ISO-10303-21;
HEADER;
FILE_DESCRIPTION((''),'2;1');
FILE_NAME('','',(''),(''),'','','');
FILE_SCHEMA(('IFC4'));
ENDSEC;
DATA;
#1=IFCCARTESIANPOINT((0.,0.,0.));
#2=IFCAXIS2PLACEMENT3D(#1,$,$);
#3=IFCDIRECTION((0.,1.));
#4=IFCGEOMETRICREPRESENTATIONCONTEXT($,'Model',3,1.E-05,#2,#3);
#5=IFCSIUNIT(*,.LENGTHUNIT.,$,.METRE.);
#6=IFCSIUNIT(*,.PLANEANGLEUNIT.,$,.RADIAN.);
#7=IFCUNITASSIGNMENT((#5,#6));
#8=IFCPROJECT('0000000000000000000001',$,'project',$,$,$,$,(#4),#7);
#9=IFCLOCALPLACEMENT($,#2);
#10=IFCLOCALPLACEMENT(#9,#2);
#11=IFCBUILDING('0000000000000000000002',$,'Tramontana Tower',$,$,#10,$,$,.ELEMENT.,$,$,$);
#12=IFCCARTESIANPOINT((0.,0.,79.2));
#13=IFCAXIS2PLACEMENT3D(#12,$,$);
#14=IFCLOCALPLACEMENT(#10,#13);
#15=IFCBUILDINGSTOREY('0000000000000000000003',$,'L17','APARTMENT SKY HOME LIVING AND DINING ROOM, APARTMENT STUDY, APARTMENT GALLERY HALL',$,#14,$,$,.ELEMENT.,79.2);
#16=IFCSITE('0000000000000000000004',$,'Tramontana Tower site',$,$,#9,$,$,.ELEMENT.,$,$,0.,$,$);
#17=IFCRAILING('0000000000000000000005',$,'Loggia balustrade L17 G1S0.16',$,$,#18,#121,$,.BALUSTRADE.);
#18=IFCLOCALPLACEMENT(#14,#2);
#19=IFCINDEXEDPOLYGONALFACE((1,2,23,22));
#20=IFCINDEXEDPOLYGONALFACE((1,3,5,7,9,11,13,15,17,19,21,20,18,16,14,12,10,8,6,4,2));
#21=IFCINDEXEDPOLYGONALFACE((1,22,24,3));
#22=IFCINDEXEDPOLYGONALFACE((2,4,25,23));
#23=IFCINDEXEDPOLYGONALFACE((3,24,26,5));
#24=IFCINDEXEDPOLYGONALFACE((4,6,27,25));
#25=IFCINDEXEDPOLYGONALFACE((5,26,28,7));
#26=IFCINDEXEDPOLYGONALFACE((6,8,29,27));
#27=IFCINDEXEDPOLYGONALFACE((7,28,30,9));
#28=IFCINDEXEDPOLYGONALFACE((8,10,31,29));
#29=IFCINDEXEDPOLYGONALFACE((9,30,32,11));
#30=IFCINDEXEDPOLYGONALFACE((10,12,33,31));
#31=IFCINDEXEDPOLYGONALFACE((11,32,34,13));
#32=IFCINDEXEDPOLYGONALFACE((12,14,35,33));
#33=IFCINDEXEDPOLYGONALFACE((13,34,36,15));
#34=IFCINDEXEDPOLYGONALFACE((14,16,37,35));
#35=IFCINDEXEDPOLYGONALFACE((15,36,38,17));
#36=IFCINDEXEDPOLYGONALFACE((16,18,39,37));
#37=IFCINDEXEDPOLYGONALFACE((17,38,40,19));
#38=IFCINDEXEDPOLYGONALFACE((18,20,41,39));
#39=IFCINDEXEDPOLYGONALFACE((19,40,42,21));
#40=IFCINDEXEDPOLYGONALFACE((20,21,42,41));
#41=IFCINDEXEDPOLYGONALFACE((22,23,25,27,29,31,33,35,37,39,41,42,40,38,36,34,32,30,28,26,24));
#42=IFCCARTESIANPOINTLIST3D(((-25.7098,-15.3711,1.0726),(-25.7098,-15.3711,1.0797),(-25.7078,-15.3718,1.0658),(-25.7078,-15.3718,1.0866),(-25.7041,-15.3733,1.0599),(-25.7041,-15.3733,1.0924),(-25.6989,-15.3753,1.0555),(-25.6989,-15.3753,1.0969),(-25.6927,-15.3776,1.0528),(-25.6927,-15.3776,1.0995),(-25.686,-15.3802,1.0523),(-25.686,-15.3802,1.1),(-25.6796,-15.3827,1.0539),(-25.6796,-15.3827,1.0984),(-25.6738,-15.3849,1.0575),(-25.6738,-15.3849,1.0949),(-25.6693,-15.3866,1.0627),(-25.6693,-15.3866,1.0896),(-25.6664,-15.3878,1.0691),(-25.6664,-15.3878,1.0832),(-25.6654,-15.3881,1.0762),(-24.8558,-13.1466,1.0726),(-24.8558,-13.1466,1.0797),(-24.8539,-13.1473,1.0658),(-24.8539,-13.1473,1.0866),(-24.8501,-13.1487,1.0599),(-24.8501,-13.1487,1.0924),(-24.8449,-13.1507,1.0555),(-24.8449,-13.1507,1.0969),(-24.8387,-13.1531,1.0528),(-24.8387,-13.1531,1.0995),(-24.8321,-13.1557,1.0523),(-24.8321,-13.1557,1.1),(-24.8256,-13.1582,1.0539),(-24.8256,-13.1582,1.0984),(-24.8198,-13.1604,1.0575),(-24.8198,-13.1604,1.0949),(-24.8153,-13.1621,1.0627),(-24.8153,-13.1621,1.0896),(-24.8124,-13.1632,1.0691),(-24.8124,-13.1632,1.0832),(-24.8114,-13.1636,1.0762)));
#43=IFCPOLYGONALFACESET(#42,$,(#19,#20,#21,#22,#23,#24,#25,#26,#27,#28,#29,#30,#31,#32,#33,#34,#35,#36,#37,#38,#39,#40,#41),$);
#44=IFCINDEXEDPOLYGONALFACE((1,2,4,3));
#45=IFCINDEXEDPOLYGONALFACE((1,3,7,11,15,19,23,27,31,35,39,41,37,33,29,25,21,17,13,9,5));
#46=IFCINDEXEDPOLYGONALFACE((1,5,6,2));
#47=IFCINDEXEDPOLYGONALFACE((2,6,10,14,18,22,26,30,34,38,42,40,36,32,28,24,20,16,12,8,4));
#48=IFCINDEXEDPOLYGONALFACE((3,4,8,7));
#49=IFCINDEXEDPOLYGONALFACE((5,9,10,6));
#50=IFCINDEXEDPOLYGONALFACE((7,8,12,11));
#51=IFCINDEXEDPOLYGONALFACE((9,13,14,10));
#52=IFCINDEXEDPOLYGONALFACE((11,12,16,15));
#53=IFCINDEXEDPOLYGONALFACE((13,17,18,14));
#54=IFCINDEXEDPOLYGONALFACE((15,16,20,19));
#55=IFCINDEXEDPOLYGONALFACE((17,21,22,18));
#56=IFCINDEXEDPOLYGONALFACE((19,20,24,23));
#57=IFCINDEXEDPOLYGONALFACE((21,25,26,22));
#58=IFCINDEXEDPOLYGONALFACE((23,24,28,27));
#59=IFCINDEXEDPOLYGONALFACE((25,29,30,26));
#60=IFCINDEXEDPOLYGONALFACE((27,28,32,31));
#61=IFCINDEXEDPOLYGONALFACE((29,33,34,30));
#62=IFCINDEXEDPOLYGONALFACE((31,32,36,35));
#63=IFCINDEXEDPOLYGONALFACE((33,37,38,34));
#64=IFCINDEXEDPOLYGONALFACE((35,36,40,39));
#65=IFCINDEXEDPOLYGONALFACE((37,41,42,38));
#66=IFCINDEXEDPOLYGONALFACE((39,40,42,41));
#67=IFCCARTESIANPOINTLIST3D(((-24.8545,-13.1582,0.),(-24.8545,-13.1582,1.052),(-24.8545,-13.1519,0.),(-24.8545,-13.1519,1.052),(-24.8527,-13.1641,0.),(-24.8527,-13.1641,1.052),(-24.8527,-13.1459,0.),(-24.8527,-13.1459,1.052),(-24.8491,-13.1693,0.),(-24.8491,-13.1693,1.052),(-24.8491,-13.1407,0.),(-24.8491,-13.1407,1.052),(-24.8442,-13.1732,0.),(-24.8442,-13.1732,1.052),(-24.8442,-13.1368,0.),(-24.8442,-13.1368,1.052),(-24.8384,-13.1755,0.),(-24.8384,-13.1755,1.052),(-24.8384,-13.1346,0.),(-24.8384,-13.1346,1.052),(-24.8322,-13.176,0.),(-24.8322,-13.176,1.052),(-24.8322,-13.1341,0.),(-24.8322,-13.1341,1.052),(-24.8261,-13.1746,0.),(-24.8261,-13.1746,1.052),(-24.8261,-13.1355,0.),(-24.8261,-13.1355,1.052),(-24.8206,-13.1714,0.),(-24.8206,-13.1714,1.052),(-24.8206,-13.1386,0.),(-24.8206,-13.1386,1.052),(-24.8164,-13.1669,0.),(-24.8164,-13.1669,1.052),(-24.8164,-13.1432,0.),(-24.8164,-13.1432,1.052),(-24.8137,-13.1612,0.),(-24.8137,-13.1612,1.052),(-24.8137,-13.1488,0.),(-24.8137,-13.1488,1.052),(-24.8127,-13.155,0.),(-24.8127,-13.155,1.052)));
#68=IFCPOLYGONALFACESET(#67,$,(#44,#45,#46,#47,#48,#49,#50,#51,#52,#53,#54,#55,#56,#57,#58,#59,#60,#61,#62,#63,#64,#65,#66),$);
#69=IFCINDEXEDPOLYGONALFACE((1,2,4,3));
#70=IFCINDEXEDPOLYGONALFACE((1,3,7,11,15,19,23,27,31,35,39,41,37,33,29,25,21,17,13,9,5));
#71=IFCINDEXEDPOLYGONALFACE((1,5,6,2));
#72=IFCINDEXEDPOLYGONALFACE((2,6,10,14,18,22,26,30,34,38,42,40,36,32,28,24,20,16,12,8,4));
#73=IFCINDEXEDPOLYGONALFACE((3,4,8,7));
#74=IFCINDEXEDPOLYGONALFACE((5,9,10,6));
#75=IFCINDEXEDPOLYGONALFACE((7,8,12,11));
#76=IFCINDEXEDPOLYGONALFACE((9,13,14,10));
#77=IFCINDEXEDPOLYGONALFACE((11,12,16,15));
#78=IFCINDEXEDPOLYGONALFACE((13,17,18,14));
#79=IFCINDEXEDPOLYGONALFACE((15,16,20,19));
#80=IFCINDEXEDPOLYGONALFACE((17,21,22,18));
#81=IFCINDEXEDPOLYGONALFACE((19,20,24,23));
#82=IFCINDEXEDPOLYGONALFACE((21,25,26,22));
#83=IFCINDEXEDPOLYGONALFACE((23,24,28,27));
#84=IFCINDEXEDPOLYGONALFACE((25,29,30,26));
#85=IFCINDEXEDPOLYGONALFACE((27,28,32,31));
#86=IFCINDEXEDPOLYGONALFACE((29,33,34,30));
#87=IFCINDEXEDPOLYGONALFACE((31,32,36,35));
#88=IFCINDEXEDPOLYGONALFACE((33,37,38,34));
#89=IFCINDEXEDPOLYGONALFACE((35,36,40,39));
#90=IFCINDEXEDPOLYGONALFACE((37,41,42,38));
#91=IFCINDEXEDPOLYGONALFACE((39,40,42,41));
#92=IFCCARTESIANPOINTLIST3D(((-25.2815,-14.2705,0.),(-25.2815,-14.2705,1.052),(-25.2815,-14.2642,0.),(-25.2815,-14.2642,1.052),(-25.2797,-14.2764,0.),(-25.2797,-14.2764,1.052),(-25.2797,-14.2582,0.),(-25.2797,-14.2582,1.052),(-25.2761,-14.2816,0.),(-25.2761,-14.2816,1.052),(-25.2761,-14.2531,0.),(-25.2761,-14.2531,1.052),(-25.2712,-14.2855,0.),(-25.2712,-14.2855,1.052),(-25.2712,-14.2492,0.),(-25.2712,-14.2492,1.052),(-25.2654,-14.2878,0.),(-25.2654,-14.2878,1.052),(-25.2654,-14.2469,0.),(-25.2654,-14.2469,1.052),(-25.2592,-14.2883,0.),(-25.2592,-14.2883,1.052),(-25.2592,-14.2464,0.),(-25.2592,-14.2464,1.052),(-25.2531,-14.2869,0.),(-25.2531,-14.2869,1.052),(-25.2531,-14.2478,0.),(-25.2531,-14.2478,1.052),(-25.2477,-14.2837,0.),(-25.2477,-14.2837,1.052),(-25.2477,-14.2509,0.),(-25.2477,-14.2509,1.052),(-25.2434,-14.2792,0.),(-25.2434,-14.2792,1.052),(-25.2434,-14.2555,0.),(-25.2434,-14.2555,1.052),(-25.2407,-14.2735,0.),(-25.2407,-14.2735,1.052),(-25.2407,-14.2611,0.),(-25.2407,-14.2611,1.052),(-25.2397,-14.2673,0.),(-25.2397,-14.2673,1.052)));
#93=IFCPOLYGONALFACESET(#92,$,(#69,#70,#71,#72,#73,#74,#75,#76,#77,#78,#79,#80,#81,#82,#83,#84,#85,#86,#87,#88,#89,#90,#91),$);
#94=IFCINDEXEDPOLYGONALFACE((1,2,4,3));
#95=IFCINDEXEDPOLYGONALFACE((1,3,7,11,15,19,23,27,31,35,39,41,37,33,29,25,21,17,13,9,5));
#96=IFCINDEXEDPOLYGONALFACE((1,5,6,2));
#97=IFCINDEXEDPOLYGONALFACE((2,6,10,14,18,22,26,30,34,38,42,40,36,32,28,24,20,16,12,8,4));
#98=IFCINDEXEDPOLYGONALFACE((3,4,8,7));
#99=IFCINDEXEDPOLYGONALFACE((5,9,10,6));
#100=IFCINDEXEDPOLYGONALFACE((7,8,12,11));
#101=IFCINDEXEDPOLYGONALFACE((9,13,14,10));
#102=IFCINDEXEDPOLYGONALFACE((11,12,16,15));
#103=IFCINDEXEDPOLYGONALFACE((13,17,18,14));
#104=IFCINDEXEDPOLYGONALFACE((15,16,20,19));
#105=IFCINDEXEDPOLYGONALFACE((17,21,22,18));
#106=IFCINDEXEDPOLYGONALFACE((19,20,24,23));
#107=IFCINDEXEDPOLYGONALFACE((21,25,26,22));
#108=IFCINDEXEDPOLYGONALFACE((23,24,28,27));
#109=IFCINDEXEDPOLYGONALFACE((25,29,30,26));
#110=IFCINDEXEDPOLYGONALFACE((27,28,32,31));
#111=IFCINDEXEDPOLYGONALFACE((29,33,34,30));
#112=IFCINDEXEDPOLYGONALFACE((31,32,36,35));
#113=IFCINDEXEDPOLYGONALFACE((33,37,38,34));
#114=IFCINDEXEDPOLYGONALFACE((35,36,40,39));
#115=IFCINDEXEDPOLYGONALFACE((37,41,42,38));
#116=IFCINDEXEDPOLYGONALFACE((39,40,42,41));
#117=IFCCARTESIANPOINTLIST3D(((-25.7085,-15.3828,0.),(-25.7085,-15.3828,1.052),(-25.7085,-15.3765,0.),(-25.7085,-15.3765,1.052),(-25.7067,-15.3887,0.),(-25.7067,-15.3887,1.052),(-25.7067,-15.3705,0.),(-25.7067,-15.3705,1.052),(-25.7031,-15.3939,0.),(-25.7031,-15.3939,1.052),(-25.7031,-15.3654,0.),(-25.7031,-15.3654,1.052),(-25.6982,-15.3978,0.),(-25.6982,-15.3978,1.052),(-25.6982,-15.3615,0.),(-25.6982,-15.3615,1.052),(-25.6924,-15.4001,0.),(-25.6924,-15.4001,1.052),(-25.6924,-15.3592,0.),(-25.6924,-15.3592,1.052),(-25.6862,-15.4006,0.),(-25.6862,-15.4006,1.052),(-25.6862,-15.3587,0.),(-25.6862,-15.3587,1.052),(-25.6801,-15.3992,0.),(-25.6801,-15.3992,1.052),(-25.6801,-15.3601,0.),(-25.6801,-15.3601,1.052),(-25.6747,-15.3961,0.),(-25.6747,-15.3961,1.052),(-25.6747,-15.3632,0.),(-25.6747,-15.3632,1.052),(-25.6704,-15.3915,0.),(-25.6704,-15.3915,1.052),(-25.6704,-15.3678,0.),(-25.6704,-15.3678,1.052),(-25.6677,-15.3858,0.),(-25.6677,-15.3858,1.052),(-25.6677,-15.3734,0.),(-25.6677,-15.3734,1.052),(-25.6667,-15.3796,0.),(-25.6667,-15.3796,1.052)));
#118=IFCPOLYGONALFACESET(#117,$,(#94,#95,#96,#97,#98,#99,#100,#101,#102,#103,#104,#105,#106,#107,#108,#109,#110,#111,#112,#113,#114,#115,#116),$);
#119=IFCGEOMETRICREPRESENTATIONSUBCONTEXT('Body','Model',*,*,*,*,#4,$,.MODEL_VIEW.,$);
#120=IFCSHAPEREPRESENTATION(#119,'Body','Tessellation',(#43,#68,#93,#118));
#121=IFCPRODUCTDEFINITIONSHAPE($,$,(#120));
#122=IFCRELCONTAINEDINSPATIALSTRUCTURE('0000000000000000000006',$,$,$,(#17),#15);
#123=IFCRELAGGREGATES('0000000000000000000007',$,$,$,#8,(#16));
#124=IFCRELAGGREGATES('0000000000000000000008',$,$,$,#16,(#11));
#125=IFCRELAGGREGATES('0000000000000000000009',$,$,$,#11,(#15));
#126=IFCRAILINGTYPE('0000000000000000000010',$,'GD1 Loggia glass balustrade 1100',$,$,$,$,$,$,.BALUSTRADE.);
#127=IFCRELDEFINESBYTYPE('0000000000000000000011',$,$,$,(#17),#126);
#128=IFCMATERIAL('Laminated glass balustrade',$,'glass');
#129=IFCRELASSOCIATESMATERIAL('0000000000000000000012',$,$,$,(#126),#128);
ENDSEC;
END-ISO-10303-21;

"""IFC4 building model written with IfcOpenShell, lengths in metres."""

from ifc_helpers import new_model, si_unit, direction, frame, origin, origin_2d, place, context, subcontext, project, spatial, circle, extrude, material, type_object, element, save


model = new_model("IFC4")

# Units and contexts
model_context = context("Model", 3, precision=1e-05, world=origin(), true_north=direction((0.0, 1.0)))
body_context = subcontext(model_context, "Body", "Model", "MODEL_VIEW")
ifc_project = project(units=[si_unit("LENGTHUNIT", "METRE"), si_unit("PLANEANGLEUNIT", "RADIAN")], contexts=[model_context])

# Site, building, storey
site_placement = place(None, origin())
site = spatial("IfcSite", under=ifc_project, at=site_placement, Name="Tramontana Tower site", CompositionType="ELEMENT", RefElevation=0.0)
building_placement = place(site_placement, origin())
building = spatial("IfcBuilding", under=site, at=building_placement, Name="Tramontana Tower", CompositionType="ELEMENT")
storey_placement = place(building_placement, frame((0.0, 0.0, 79.2)))
storey = spatial("IfcBuildingStorey", under=building, at=storey_placement, Name="L17", Description="APARTMENT SKY HOME LIVING AND DINING ROOM, APARTMENT STUDY, APARTMENT GALLERY HALL", CompositionType="ELEMENT", Elevation=79.2)

# Railing
ifc_material_1 = material(Name="Laminated glass balustrade", Category="glass")
railing_type = type_object("IfcRailingType", Name="GD1 Loggia glass balustrade 1100", PredefinedType="BALUSTRADE", material=ifc_material_1)
railing_1_placement = place(storey_placement, frame((-24.8337, -13.155, 0.0)))
element("IfcRailing", 1, at=railing_1_placement, inside=storey, type_object=railing_type, Name="Loggia balustrade L17 G1S0.16", PredefinedType="BALUSTRADE", context=body_context, shape_type="SweptSolid", body=[
    extrude(circle(Radius=0.0239, at=origin_2d()), frame((0.0, 0.0, 1.0762), z_axis=(-0.358389, -0.933573, 0.0), x_axis=(0.933573, -0.358389, 0.0)), (0.0, 0.0, 1.0), 2.3828),
    extrude(circle(Radius=0.021, at=origin_2d()), origin(), (0.0, 0.0, 1.0), 1.052),
    extrude(circle(Radius=0.021, at=origin_2d()), frame((-0.427, -1.1123, 0.0)), (0.0, 0.0, 1.0), 1.052),
    extrude(circle(Radius=0.021, at=origin_2d()), frame((-0.854, -2.2246, 0.0)), (0.0, 0.0, 1.0), 1.052),
])

save(model, "model.ifc")
